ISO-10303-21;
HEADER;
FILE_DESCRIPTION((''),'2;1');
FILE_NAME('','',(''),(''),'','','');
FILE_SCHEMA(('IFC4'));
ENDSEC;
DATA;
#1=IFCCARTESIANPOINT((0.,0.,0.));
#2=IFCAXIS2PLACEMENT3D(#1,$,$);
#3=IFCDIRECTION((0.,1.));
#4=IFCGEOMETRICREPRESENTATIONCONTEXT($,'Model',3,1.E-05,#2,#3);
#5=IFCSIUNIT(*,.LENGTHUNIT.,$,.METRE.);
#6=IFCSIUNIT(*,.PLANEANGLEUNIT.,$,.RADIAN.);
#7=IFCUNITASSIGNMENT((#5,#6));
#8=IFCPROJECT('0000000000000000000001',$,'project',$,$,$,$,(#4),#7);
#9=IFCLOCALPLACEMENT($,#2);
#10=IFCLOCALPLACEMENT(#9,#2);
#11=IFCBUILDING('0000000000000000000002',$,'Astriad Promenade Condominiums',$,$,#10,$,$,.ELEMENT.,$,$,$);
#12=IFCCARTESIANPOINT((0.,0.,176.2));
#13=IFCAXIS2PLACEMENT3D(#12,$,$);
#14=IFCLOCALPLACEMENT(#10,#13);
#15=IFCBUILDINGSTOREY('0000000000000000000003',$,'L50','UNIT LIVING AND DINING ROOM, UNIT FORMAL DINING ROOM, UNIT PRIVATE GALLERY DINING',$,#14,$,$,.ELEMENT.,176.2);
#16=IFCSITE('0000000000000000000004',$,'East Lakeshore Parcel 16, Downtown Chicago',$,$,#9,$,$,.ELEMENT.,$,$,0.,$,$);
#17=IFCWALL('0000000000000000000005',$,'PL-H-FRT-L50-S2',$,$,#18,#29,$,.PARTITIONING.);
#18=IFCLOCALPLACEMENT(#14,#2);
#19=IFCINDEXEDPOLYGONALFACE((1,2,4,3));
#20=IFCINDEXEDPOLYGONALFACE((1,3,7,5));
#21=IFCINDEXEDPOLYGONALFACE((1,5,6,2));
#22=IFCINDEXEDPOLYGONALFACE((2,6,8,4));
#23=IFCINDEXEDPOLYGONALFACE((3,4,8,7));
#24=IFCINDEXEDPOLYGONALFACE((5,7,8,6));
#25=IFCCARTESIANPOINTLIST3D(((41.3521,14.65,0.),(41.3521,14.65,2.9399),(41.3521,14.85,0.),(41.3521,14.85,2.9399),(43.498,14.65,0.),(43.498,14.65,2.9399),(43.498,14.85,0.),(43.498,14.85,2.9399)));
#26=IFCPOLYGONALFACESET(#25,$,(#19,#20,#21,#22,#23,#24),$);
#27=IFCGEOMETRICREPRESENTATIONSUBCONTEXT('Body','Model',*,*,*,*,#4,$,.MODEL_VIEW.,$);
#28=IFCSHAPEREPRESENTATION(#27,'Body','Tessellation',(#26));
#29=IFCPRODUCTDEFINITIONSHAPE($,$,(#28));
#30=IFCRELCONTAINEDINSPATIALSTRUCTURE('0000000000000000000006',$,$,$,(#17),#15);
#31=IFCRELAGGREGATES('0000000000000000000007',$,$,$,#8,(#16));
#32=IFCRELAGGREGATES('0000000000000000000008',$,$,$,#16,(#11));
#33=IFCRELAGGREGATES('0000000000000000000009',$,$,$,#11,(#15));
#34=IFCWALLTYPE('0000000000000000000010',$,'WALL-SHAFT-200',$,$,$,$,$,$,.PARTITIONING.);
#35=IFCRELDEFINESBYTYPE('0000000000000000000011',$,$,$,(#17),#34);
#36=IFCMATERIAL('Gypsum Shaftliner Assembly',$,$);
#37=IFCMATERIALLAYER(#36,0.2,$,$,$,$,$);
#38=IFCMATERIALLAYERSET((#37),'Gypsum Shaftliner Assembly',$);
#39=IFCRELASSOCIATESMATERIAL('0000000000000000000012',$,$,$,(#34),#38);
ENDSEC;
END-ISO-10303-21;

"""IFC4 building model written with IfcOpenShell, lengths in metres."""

from ifc_helpers import new_model, si_unit, direction, frame, frame_2d, origin, place, context, subcontext, project, spatial, rectangle, extrude, material, layer, layer_set, type_object, element, save


model = new_model("IFC4")

# Units and contexts
model_context = context("Model", 3, precision=1e-05, world=origin(), true_north=direction((0.0, 1.0)))
body_context = subcontext(model_context, "Body", "Model", "MODEL_VIEW")
ifc_project = project(units=[si_unit("LENGTHUNIT", "METRE"), si_unit("PLANEANGLEUNIT", "RADIAN")], contexts=[model_context])

# Site, building, storey
site_placement = place(None, origin())
site = spatial("IfcSite", under=ifc_project, at=site_placement, Name="East Lakeshore Parcel 16, Downtown Chicago", CompositionType="ELEMENT", RefElevation=0.0)
building_placement = place(site_placement, origin())
building = spatial("IfcBuilding", under=site, at=building_placement, Name="Astriad Promenade Condominiums", CompositionType="ELEMENT")
storey_placement = place(building_placement, frame((0.0, 0.0, 176.2)))
storey = spatial("IfcBuildingStorey", under=building, at=storey_placement, Name="L50", Description="UNIT LIVING AND DINING ROOM, UNIT FORMAL DINING ROOM, UNIT PRIVATE GALLERY DINING", CompositionType="ELEMENT", Elevation=176.2)

# Shared definitions
ifc_material_1 = material(Name="Gypsum Shaftliner Assembly")
ifc_layer_1 = layer(ifc_material_1, 0.2)
ifc_layer_set_1 = layer_set([ifc_layer_1], Name="Gypsum Shaftliner Assembly")
wall_type_1 = type_object("IfcWallType", Name="WALL-SHAFT-200", PredefinedType="PARTITIONING", material=ifc_layer_set_1)

# Wall
for number, where, z_axis, x_axis, name in (
    (1, (41.3521, 14.75, 0.0), (0.0, 0.0, 1.0), (1.0, 0.0, 0.0), "PL-H-FRT-L50-S2"),
):
    element("IfcWall", number, at=place(storey_placement, frame(where, z_axis=z_axis, x_axis=x_axis)), inside=storey, type_object=wall_type_1, Name=name, PredefinedType="PARTITIONING", context=body_context, shape_type="SweptSolid", body=[
        extrude(rectangle(XDim=2.146, YDim=0.2, at=frame_2d((1.073, 0.0))), origin(), (0.0, 0.0, 1.0), 2.9399),
    ])

save(model, "model.ifc")
